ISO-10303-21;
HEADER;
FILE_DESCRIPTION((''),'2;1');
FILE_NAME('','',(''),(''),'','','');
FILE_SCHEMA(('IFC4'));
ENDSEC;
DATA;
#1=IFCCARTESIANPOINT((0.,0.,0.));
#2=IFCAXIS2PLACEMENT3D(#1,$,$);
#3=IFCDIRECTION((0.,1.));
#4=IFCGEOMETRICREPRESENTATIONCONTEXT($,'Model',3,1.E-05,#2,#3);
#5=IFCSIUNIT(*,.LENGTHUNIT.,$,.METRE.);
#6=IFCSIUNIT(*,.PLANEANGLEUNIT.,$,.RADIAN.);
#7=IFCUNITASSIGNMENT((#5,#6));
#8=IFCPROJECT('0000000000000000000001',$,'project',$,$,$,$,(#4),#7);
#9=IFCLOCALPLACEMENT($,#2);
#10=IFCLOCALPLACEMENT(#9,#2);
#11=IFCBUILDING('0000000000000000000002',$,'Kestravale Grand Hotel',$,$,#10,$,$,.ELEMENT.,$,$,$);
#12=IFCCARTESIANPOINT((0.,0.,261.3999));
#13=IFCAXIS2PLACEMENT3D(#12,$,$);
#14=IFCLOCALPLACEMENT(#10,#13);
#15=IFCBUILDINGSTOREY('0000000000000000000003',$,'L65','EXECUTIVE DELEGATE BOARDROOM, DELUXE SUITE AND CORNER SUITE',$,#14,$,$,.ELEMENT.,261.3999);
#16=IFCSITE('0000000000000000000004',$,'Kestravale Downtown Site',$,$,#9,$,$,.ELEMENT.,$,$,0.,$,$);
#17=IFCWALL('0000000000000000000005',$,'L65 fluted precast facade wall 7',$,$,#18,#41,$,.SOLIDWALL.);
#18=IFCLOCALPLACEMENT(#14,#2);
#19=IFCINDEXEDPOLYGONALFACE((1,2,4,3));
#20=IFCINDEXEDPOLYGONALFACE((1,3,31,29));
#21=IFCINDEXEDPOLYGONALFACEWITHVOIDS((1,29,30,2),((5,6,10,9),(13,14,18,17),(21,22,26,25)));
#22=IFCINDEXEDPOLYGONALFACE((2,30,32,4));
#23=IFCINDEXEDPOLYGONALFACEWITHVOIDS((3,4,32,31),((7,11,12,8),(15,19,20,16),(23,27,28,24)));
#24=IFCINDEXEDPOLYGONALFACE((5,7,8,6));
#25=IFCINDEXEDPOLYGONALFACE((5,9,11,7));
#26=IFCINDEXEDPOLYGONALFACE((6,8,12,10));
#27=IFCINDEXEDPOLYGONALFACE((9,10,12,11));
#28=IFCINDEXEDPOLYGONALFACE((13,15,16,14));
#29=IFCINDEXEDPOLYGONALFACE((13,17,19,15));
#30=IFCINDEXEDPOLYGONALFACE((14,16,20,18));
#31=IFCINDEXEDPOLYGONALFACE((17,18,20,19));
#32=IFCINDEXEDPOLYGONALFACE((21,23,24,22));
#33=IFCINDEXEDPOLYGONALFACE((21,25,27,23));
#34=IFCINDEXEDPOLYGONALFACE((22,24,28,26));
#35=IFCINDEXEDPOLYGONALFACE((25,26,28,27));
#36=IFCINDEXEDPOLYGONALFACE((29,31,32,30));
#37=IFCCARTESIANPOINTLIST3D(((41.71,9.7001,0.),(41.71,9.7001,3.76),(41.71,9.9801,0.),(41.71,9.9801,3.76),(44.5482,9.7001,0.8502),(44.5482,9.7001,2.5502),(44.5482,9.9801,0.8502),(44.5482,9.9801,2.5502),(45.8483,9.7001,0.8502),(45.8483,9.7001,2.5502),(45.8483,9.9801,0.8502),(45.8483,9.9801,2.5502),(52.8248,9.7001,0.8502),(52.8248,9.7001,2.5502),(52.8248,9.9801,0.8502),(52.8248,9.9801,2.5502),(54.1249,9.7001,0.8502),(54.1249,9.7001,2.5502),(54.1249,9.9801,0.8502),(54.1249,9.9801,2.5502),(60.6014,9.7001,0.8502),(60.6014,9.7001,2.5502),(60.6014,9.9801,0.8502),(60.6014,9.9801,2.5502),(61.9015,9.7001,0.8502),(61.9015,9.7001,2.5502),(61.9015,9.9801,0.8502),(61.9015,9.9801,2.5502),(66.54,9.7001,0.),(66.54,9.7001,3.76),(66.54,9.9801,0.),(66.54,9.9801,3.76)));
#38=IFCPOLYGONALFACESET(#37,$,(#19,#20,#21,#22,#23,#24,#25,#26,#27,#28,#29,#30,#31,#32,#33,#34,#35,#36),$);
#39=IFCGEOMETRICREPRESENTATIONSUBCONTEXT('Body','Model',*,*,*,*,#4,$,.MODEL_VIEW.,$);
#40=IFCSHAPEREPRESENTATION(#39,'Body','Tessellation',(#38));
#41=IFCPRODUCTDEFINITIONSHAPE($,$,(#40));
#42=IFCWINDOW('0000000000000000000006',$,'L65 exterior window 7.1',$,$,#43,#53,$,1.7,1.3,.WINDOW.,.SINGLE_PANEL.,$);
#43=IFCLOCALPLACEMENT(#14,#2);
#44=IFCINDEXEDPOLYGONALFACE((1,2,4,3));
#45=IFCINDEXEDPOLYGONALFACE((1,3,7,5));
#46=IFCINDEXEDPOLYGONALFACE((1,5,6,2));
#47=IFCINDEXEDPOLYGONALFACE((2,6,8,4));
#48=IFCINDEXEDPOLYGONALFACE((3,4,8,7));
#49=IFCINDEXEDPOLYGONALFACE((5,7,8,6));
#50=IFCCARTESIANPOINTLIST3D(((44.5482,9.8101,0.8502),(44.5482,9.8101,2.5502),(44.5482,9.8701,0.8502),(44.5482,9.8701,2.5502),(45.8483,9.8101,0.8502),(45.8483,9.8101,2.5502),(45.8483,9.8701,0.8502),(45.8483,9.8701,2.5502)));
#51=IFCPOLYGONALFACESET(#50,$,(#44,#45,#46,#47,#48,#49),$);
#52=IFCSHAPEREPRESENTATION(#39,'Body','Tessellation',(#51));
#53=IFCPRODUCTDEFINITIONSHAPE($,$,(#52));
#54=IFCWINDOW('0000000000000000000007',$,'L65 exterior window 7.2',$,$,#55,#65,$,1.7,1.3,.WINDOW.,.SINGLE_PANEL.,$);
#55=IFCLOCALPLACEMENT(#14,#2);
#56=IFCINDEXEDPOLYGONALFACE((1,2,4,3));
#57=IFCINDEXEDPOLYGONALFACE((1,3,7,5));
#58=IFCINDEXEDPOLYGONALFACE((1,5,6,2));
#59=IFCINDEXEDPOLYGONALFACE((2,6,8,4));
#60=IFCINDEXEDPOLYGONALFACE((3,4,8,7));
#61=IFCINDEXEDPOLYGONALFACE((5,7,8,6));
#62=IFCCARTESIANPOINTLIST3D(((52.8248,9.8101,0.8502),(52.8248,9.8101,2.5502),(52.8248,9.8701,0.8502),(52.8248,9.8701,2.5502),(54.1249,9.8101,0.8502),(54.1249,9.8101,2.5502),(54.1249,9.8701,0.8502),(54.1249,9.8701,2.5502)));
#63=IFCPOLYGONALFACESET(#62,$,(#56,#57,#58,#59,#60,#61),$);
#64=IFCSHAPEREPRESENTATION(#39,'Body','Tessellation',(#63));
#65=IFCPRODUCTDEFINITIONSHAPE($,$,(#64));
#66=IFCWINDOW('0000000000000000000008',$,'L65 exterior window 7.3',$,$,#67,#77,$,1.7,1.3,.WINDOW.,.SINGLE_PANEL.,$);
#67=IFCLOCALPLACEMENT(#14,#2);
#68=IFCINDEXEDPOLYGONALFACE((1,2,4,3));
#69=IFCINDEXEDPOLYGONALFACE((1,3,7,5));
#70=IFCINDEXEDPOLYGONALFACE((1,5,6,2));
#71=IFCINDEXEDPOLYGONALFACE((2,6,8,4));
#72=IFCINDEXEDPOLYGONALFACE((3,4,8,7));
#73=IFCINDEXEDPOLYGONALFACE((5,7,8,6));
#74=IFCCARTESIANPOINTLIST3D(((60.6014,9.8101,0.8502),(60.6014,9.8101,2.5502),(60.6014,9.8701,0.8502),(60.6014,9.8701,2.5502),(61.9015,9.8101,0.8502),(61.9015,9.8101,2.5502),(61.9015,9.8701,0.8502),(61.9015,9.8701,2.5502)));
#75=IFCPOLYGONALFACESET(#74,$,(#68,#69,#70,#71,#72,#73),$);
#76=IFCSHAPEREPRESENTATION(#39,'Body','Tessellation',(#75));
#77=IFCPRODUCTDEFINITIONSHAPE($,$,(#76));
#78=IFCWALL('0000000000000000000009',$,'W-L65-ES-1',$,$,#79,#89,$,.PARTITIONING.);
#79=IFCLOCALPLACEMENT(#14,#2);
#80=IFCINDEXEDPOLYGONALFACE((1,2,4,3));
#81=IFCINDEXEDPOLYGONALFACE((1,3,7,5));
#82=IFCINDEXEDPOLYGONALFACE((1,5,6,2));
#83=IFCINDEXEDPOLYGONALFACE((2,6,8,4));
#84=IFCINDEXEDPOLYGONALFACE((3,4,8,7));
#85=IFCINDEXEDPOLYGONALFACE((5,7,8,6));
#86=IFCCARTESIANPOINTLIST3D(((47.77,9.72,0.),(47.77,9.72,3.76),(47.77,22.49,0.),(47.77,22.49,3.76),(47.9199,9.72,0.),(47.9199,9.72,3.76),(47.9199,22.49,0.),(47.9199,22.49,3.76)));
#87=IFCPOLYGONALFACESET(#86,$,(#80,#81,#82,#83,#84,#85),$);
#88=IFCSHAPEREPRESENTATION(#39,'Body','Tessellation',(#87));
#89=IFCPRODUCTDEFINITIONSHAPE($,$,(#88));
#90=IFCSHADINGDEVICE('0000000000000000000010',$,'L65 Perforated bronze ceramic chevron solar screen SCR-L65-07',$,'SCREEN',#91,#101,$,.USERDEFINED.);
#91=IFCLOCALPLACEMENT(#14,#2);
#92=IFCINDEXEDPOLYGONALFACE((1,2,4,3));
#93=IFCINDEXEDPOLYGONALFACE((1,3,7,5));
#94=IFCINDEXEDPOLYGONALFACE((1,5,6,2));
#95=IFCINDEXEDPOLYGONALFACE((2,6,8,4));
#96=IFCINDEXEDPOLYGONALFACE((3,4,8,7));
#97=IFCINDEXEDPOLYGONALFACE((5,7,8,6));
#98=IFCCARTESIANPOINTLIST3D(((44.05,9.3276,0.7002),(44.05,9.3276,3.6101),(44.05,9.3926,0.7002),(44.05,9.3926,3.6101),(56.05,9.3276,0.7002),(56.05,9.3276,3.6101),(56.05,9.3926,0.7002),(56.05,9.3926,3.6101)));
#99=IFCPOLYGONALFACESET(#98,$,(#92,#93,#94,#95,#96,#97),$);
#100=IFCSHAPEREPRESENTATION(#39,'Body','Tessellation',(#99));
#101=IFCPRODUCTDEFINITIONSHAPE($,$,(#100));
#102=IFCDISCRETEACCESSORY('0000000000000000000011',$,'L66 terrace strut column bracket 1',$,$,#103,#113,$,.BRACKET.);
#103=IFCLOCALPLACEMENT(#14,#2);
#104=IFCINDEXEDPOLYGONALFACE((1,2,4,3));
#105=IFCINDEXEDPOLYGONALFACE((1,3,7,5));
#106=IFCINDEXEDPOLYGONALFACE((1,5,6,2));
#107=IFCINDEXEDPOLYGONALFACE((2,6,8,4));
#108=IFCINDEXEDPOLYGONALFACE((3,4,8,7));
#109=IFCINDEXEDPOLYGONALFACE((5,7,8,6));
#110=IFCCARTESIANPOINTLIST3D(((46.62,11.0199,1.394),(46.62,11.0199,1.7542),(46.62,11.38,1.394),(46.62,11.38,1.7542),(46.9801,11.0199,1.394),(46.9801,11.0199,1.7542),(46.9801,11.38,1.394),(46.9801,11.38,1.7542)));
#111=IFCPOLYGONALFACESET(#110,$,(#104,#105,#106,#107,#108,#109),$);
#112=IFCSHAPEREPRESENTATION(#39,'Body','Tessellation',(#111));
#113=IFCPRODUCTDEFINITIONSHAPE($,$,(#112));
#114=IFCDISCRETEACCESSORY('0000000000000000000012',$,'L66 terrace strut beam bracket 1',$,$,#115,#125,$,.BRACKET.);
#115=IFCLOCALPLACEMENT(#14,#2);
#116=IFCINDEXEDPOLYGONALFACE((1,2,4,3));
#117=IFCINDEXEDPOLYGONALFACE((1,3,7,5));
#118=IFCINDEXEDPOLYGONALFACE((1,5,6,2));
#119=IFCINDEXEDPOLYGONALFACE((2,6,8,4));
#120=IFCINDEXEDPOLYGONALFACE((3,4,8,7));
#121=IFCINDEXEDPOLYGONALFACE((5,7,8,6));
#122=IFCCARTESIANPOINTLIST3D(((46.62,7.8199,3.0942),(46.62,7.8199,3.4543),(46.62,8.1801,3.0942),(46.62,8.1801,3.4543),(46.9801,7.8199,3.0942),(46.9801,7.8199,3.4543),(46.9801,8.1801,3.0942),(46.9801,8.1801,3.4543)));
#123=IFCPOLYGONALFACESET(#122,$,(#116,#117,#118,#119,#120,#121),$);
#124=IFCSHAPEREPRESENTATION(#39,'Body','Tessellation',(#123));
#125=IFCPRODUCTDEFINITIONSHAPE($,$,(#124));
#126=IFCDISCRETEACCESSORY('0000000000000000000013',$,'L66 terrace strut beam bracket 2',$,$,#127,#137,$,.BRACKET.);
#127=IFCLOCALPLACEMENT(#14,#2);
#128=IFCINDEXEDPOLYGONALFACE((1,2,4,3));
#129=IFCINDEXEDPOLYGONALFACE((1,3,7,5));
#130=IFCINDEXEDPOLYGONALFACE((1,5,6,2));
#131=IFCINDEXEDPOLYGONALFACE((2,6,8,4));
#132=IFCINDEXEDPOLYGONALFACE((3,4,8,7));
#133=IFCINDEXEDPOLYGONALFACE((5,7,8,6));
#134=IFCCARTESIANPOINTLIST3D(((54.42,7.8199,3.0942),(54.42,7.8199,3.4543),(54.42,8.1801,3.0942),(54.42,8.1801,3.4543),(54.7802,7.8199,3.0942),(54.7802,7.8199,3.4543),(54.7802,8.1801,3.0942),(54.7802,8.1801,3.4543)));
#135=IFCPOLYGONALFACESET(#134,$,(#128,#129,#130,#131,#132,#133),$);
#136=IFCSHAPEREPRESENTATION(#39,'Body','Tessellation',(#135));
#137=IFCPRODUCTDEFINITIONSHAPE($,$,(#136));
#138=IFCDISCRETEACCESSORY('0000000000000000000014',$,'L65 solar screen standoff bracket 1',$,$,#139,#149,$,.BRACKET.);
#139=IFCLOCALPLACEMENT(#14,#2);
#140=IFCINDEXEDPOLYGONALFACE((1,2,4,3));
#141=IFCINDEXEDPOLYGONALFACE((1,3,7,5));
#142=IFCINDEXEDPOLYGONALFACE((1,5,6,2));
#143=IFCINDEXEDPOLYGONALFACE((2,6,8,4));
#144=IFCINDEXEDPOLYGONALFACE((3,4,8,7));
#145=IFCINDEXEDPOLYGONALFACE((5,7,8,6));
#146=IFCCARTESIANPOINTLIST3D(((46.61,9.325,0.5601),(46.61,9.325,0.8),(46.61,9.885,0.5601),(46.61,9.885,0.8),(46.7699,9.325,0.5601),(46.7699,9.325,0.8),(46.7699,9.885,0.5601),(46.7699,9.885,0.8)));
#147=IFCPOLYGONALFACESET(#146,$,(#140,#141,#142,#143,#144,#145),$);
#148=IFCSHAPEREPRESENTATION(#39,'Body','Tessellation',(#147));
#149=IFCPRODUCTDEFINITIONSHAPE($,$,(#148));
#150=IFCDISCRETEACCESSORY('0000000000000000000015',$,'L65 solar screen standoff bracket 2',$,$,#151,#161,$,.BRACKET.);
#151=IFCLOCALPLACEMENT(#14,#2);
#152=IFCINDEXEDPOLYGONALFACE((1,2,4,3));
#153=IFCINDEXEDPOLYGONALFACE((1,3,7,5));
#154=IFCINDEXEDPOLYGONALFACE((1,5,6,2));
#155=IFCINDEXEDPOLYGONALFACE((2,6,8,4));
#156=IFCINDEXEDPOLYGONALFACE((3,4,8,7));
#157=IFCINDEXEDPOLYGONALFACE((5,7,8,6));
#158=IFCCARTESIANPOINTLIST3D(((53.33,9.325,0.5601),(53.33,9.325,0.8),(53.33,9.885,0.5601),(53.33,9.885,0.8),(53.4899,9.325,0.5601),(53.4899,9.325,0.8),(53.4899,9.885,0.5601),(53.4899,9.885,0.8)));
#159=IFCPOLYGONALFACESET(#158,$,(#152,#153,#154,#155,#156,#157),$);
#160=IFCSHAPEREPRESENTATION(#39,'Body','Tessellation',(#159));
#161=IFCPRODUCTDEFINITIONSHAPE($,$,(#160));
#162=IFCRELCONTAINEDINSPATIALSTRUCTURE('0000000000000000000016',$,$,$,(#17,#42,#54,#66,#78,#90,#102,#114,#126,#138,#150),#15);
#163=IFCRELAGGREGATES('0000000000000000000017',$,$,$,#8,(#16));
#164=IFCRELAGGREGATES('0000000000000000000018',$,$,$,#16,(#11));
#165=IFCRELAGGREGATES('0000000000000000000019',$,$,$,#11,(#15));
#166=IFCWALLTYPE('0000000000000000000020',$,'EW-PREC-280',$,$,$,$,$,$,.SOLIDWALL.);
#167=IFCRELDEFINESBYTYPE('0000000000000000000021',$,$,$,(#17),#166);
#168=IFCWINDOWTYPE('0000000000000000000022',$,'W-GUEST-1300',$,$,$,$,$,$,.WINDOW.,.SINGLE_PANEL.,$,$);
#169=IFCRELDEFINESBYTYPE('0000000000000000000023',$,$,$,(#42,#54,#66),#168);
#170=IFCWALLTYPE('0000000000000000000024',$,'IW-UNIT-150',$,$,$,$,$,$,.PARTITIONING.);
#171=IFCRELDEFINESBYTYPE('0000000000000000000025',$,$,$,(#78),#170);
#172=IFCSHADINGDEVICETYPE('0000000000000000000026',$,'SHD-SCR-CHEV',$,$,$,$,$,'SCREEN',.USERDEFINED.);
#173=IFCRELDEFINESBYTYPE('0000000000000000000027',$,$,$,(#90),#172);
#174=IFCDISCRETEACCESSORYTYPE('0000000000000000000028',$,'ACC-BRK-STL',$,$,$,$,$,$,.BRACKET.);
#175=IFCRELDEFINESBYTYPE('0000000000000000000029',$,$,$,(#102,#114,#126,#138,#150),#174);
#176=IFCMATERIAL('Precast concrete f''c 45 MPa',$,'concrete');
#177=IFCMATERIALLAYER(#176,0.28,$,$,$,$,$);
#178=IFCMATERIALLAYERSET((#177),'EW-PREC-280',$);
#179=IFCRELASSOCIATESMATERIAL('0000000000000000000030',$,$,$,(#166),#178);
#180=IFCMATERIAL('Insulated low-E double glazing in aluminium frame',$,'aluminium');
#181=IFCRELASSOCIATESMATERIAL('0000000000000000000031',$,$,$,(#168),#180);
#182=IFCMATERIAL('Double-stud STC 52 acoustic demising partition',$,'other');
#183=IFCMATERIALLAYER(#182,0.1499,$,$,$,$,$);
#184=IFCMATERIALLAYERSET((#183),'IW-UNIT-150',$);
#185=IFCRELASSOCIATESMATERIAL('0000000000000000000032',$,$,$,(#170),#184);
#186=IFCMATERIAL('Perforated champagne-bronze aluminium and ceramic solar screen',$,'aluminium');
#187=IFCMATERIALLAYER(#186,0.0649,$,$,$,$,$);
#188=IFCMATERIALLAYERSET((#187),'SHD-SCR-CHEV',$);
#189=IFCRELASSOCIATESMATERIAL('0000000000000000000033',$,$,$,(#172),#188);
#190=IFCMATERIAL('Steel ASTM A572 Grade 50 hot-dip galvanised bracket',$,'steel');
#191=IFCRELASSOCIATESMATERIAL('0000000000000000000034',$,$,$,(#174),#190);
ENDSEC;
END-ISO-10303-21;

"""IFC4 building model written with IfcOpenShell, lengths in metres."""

from ifc_helpers import new_model, si_unit, direction, frame, frame_2d, origin, origin_2d, place, context, subcontext, project, spatial, rectangle, extrude, material, layer, layer_set, type_object, element, fill, save


model = new_model("IFC4")

# Units and contexts
model_context = context("Model", 3, precision=1e-05, world=origin(), true_north=direction((0.0, 1.0)))
body_context = subcontext(model_context, "Body", "Model", "MODEL_VIEW")
ifc_project = project(units=[si_unit("LENGTHUNIT", "METRE"), si_unit("PLANEANGLEUNIT", "RADIAN")], contexts=[model_context])

# Site, building, storey
site_placement = place(None, origin())
site = spatial("IfcSite", under=ifc_project, at=site_placement, Name="Kestravale Downtown Site", CompositionType="ELEMENT", RefElevation=0.0)
building_placement = place(site_placement, origin())
building = spatial("IfcBuilding", under=site, at=building_placement, Name="Kestravale Grand Hotel", CompositionType="ELEMENT")
storey_placement = place(building_placement, frame((0.0, 0.0, 261.3999)))
storey = spatial("IfcBuildingStorey", under=building, at=storey_placement, Name="L65", Description="EXECUTIVE DELEGATE BOARDROOM, DELUXE SUITE AND CORNER SUITE", CompositionType="ELEMENT", Elevation=261.3999)

# Shared definitions
ifc_material_1 = material(Name="Precast concrete f'c 45 MPa", Category="concrete")
ifc_layer_1 = layer(ifc_material_1, 0.28)
ifc_layer_set_1 = layer_set([ifc_layer_1], Name="EW-PREC-280")
wall_type_1 = type_object("IfcWallType", Name="EW-PREC-280", PredefinedType="SOLIDWALL", material=ifc_layer_set_1)

# Wall, openings, windows
wall_1_placement = place(storey_placement, frame((41.71, 9.8401, 0.0), z_axis=(0.0, 0.0, 1.0), x_axis=(1.0, 0.0, 0.0)))
wall_1 = element("IfcWall", 1, at=wall_1_placement, inside=storey, type_object=wall_type_1, Name="L65 fluted precast facade wall 7", PredefinedType="SOLIDWALL", context=body_context, shape_type="SweptSolid", body=[
    extrude(rectangle(XDim=24.8301, YDim=0.28, at=frame_2d((12.415, 0.0))), origin(), (0.0, 0.0, 1.0), 3.76),
])
opening_1_placement = place(wall_1_placement, frame((2.8384, 0.0, 0.8501)))
opening_1 = element("IfcOpeningElement", 2, at=opening_1_placement, cuts=wall_1, PredefinedType="OPENING", context=body_context, shape_type="SweptSolid", body=[
    extrude(rectangle(XDim=1.3, YDim=1.7, at=frame_2d((0.6499, 0.8501))), frame((0.0, 0.1499, 0.0), z_axis=(0.0, -1.0, 0.0), x_axis=(1.0, 0.0, 0.0)), (0.0, 0.0, 1.0), 0.3),
])
opening_2_placement = place(wall_1_placement, frame((11.115, 0.0, 0.8501)))
opening_2 = element("IfcOpeningElement", 3, at=opening_2_placement, cuts=wall_1, PredefinedType="OPENING", context=body_context, shape_type="SweptSolid", body=[
    extrude(rectangle(XDim=1.3, YDim=1.7, at=frame_2d((0.6499, 0.8501))), frame((0.0, 0.1499, 0.0), z_axis=(0.0, -1.0, 0.0), x_axis=(1.0, 0.0, 0.0)), (0.0, 0.0, 1.0), 0.3),
])
opening_3_placement = place(wall_1_placement, frame((18.8916, 0.0, 0.8501)))
opening_3 = element("IfcOpeningElement", 4, at=opening_3_placement, cuts=wall_1, PredefinedType="OPENING", context=body_context, shape_type="SweptSolid", body=[
    extrude(rectangle(XDim=1.3, YDim=1.7, at=frame_2d((0.6499, 0.8501))), frame((0.0, 0.1499, 0.0), z_axis=(0.0, -1.0, 0.0), x_axis=(1.0, 0.0, 0.0)), (0.0, 0.0, 1.0), 0.3),
])
ifc_material_2 = material(Name="Insulated low-E double glazing in aluminium frame", Category="aluminium")
window_type = type_object("IfcWindowType", Name="W-GUEST-1300", PartitioningType="SINGLE_PANEL", PredefinedType="WINDOW", material=ifc_material_2)
window_1_placement = place(opening_1_placement, origin())
window_1 = element("IfcWindow", 5, at=window_1_placement, inside=storey, type_object=window_type, Name="L65 exterior window 7.1", OverallHeight=1.7, OverallWidth=1.3, PartitioningType="SINGLE_PANEL", PredefinedType="WINDOW", context=body_context, shape_type="SweptSolid", body=[
    extrude(rectangle(XDim=1.3, YDim=1.7, at=frame_2d((0.6499, 0.8501))), frame((0.0, 0.03, 0.0), z_axis=(0.0, -1.0, 0.0), x_axis=(1.0, 0.0, 0.0)), (0.0, 0.0, 1.0), 0.0601),
])
fill(opening_1, window_1)
window_2_placement = place(opening_2_placement, origin())
window_2 = element("IfcWindow", 6, at=window_2_placement, inside=storey, type_object=window_type, Name="L65 exterior window 7.2", OverallHeight=1.7, OverallWidth=1.3, PartitioningType="SINGLE_PANEL", PredefinedType="WINDOW", context=body_context, shape_type="SweptSolid", body=[
    extrude(rectangle(XDim=1.3, YDim=1.7, at=frame_2d((0.6499, 0.8501))), frame((0.0, 0.03, 0.0), z_axis=(0.0, -1.0, 0.0), x_axis=(1.0, 0.0, 0.0)), (0.0, 0.0, 1.0), 0.0601),
])
fill(opening_2, window_2)
window_3_placement = place(opening_3_placement, origin())
window_3 = element("IfcWindow", 7, at=window_3_placement, inside=storey, type_object=window_type, Name="L65 exterior window 7.3", OverallHeight=1.7, OverallWidth=1.3, PartitioningType="SINGLE_PANEL", PredefinedType="WINDOW", context=body_context, shape_type="SweptSolid", body=[
    extrude(rectangle(XDim=1.3, YDim=1.7, at=frame_2d((0.6499, 0.8501))), frame((0.0, 0.03, 0.0), z_axis=(0.0, -1.0, 0.0), x_axis=(1.0, 0.0, 0.0)), (0.0, 0.0, 1.0), 0.0601),
])
fill(opening_3, window_3)

# Wall
ifc_material_3 = material(Name="Double-stud STC 52 acoustic demising partition", Category="other")
ifc_layer_2 = layer(ifc_material_3, 0.1499)
ifc_layer_set_2 = layer_set([ifc_layer_2], Name="IW-UNIT-150")
wall_type_2 = type_object("IfcWallType", Name="IW-UNIT-150", PredefinedType="PARTITIONING", material=ifc_layer_set_2)
wall_2_placement = place(storey_placement, frame((47.845, 9.72, 0.0), z_axis=(0.0, 0.0, 1.0), x_axis=(0.0, 1.0, 0.0)))
element("IfcWall", 8, at=wall_2_placement, inside=storey, type_object=wall_type_2, Name="W-L65-ES-1", PredefinedType="PARTITIONING", context=body_context, shape_type="SweptSolid", body=[
    extrude(rectangle(XDim=12.77, YDim=0.1499, at=frame_2d((6.385, 0.0))), origin(), (0.0, 0.0, 1.0), 3.76),
])

# Shading device
ifc_material_4 = material(Name="Perforated champagne-bronze aluminium and ceramic solar screen", Category="aluminium")
ifc_layer_3 = layer(ifc_material_4, 0.0649)
ifc_layer_set_3 = layer_set([ifc_layer_3], Name="SHD-SCR-CHEV")
shading_device_type = type_object("IfcShadingDeviceType", Name="SHD-SCR-CHEV", ElementType="SCREEN", PredefinedType="USERDEFINED", material=ifc_layer_set_3)
shading_device_placement = place(storey_placement, frame((50.05, 9.3601, 0.7002), z_axis=(0.0, 0.0, 1.0), x_axis=(1.0, 0.0, 0.0)))
element("IfcShadingDevice", 9, at=shading_device_placement, inside=storey, type_object=shading_device_type, Name="L65 Perforated bronze ceramic chevron solar screen SCR-L65-07", ObjectType="SCREEN", PredefinedType="USERDEFINED", context=body_context, shape_type="SweptSolid", body=[
    extrude(rectangle(XDim=12.0, YDim=0.0649, at=origin_2d()), origin(), (0.0, 0.0, 1.0), 2.9099),
])

# Discrete accessories
ifc_material_5 = material(Name="Steel ASTM A572 Grade 50 hot-dip galvanised bracket", Category="steel")
discrete_accessory_type = type_object("IfcDiscreteAccessoryType", Name="ACC-BRK-STL", PredefinedType="BRACKET", material=ifc_material_5)
for number, where, z_axis, x_axis, name in (
    (10, (46.8, 11.2, 1.394), (0.0, 0.0, 1.0), (1.0, 0.0, 0.0), "L66 terrace strut column bracket 1"),
    (11, (46.8, 8.0, 3.0942), (0.0, 0.0, 1.0), (1.0, 0.0, 0.0), "L66 terrace strut beam bracket 1"),
    (12, (54.6001, 8.0, 3.0942), (0.0, 0.0, 1.0), (1.0, 0.0, 0.0), "L66 terrace strut beam bracket 2"),
):
    element("IfcDiscreteAccessory", number, at=place(storey_placement, frame(where, z_axis=z_axis, x_axis=x_axis)), inside=storey, type_object=discrete_accessory_type, Name=name, PredefinedType="BRACKET", context=body_context, shape_type="SweptSolid", body=[
        extrude(rectangle(XDim=0.3601, YDim=0.3601, at=origin_2d()), origin(), (0.0, 0.0, 1.0), 0.3601),
    ])
for number, where, z_axis, x_axis, name in (
    (13, (46.6899, 9.605, 0.5601), (0.0, 0.0, 1.0), (1.0, 0.0, 0.0), "L65 solar screen standoff bracket 1"),
    (14, (53.4099, 9.605, 0.5601), (0.0, 0.0, 1.0), (1.0, 0.0, 0.0), "L65 solar screen standoff bracket 2"),
):
    element("IfcDiscreteAccessory", number, at=place(storey_placement, frame(where, z_axis=z_axis, x_axis=x_axis)), inside=storey, type_object=discrete_accessory_type, Name=name, PredefinedType="BRACKET", context=body_context, shape_type="SweptSolid", body=[
        extrude(rectangle(XDim=0.1599, YDim=0.5601, at=origin_2d()), origin(), (0.0, 0.0, 1.0), 0.24),
    ])

save(model, "model.ifc")
